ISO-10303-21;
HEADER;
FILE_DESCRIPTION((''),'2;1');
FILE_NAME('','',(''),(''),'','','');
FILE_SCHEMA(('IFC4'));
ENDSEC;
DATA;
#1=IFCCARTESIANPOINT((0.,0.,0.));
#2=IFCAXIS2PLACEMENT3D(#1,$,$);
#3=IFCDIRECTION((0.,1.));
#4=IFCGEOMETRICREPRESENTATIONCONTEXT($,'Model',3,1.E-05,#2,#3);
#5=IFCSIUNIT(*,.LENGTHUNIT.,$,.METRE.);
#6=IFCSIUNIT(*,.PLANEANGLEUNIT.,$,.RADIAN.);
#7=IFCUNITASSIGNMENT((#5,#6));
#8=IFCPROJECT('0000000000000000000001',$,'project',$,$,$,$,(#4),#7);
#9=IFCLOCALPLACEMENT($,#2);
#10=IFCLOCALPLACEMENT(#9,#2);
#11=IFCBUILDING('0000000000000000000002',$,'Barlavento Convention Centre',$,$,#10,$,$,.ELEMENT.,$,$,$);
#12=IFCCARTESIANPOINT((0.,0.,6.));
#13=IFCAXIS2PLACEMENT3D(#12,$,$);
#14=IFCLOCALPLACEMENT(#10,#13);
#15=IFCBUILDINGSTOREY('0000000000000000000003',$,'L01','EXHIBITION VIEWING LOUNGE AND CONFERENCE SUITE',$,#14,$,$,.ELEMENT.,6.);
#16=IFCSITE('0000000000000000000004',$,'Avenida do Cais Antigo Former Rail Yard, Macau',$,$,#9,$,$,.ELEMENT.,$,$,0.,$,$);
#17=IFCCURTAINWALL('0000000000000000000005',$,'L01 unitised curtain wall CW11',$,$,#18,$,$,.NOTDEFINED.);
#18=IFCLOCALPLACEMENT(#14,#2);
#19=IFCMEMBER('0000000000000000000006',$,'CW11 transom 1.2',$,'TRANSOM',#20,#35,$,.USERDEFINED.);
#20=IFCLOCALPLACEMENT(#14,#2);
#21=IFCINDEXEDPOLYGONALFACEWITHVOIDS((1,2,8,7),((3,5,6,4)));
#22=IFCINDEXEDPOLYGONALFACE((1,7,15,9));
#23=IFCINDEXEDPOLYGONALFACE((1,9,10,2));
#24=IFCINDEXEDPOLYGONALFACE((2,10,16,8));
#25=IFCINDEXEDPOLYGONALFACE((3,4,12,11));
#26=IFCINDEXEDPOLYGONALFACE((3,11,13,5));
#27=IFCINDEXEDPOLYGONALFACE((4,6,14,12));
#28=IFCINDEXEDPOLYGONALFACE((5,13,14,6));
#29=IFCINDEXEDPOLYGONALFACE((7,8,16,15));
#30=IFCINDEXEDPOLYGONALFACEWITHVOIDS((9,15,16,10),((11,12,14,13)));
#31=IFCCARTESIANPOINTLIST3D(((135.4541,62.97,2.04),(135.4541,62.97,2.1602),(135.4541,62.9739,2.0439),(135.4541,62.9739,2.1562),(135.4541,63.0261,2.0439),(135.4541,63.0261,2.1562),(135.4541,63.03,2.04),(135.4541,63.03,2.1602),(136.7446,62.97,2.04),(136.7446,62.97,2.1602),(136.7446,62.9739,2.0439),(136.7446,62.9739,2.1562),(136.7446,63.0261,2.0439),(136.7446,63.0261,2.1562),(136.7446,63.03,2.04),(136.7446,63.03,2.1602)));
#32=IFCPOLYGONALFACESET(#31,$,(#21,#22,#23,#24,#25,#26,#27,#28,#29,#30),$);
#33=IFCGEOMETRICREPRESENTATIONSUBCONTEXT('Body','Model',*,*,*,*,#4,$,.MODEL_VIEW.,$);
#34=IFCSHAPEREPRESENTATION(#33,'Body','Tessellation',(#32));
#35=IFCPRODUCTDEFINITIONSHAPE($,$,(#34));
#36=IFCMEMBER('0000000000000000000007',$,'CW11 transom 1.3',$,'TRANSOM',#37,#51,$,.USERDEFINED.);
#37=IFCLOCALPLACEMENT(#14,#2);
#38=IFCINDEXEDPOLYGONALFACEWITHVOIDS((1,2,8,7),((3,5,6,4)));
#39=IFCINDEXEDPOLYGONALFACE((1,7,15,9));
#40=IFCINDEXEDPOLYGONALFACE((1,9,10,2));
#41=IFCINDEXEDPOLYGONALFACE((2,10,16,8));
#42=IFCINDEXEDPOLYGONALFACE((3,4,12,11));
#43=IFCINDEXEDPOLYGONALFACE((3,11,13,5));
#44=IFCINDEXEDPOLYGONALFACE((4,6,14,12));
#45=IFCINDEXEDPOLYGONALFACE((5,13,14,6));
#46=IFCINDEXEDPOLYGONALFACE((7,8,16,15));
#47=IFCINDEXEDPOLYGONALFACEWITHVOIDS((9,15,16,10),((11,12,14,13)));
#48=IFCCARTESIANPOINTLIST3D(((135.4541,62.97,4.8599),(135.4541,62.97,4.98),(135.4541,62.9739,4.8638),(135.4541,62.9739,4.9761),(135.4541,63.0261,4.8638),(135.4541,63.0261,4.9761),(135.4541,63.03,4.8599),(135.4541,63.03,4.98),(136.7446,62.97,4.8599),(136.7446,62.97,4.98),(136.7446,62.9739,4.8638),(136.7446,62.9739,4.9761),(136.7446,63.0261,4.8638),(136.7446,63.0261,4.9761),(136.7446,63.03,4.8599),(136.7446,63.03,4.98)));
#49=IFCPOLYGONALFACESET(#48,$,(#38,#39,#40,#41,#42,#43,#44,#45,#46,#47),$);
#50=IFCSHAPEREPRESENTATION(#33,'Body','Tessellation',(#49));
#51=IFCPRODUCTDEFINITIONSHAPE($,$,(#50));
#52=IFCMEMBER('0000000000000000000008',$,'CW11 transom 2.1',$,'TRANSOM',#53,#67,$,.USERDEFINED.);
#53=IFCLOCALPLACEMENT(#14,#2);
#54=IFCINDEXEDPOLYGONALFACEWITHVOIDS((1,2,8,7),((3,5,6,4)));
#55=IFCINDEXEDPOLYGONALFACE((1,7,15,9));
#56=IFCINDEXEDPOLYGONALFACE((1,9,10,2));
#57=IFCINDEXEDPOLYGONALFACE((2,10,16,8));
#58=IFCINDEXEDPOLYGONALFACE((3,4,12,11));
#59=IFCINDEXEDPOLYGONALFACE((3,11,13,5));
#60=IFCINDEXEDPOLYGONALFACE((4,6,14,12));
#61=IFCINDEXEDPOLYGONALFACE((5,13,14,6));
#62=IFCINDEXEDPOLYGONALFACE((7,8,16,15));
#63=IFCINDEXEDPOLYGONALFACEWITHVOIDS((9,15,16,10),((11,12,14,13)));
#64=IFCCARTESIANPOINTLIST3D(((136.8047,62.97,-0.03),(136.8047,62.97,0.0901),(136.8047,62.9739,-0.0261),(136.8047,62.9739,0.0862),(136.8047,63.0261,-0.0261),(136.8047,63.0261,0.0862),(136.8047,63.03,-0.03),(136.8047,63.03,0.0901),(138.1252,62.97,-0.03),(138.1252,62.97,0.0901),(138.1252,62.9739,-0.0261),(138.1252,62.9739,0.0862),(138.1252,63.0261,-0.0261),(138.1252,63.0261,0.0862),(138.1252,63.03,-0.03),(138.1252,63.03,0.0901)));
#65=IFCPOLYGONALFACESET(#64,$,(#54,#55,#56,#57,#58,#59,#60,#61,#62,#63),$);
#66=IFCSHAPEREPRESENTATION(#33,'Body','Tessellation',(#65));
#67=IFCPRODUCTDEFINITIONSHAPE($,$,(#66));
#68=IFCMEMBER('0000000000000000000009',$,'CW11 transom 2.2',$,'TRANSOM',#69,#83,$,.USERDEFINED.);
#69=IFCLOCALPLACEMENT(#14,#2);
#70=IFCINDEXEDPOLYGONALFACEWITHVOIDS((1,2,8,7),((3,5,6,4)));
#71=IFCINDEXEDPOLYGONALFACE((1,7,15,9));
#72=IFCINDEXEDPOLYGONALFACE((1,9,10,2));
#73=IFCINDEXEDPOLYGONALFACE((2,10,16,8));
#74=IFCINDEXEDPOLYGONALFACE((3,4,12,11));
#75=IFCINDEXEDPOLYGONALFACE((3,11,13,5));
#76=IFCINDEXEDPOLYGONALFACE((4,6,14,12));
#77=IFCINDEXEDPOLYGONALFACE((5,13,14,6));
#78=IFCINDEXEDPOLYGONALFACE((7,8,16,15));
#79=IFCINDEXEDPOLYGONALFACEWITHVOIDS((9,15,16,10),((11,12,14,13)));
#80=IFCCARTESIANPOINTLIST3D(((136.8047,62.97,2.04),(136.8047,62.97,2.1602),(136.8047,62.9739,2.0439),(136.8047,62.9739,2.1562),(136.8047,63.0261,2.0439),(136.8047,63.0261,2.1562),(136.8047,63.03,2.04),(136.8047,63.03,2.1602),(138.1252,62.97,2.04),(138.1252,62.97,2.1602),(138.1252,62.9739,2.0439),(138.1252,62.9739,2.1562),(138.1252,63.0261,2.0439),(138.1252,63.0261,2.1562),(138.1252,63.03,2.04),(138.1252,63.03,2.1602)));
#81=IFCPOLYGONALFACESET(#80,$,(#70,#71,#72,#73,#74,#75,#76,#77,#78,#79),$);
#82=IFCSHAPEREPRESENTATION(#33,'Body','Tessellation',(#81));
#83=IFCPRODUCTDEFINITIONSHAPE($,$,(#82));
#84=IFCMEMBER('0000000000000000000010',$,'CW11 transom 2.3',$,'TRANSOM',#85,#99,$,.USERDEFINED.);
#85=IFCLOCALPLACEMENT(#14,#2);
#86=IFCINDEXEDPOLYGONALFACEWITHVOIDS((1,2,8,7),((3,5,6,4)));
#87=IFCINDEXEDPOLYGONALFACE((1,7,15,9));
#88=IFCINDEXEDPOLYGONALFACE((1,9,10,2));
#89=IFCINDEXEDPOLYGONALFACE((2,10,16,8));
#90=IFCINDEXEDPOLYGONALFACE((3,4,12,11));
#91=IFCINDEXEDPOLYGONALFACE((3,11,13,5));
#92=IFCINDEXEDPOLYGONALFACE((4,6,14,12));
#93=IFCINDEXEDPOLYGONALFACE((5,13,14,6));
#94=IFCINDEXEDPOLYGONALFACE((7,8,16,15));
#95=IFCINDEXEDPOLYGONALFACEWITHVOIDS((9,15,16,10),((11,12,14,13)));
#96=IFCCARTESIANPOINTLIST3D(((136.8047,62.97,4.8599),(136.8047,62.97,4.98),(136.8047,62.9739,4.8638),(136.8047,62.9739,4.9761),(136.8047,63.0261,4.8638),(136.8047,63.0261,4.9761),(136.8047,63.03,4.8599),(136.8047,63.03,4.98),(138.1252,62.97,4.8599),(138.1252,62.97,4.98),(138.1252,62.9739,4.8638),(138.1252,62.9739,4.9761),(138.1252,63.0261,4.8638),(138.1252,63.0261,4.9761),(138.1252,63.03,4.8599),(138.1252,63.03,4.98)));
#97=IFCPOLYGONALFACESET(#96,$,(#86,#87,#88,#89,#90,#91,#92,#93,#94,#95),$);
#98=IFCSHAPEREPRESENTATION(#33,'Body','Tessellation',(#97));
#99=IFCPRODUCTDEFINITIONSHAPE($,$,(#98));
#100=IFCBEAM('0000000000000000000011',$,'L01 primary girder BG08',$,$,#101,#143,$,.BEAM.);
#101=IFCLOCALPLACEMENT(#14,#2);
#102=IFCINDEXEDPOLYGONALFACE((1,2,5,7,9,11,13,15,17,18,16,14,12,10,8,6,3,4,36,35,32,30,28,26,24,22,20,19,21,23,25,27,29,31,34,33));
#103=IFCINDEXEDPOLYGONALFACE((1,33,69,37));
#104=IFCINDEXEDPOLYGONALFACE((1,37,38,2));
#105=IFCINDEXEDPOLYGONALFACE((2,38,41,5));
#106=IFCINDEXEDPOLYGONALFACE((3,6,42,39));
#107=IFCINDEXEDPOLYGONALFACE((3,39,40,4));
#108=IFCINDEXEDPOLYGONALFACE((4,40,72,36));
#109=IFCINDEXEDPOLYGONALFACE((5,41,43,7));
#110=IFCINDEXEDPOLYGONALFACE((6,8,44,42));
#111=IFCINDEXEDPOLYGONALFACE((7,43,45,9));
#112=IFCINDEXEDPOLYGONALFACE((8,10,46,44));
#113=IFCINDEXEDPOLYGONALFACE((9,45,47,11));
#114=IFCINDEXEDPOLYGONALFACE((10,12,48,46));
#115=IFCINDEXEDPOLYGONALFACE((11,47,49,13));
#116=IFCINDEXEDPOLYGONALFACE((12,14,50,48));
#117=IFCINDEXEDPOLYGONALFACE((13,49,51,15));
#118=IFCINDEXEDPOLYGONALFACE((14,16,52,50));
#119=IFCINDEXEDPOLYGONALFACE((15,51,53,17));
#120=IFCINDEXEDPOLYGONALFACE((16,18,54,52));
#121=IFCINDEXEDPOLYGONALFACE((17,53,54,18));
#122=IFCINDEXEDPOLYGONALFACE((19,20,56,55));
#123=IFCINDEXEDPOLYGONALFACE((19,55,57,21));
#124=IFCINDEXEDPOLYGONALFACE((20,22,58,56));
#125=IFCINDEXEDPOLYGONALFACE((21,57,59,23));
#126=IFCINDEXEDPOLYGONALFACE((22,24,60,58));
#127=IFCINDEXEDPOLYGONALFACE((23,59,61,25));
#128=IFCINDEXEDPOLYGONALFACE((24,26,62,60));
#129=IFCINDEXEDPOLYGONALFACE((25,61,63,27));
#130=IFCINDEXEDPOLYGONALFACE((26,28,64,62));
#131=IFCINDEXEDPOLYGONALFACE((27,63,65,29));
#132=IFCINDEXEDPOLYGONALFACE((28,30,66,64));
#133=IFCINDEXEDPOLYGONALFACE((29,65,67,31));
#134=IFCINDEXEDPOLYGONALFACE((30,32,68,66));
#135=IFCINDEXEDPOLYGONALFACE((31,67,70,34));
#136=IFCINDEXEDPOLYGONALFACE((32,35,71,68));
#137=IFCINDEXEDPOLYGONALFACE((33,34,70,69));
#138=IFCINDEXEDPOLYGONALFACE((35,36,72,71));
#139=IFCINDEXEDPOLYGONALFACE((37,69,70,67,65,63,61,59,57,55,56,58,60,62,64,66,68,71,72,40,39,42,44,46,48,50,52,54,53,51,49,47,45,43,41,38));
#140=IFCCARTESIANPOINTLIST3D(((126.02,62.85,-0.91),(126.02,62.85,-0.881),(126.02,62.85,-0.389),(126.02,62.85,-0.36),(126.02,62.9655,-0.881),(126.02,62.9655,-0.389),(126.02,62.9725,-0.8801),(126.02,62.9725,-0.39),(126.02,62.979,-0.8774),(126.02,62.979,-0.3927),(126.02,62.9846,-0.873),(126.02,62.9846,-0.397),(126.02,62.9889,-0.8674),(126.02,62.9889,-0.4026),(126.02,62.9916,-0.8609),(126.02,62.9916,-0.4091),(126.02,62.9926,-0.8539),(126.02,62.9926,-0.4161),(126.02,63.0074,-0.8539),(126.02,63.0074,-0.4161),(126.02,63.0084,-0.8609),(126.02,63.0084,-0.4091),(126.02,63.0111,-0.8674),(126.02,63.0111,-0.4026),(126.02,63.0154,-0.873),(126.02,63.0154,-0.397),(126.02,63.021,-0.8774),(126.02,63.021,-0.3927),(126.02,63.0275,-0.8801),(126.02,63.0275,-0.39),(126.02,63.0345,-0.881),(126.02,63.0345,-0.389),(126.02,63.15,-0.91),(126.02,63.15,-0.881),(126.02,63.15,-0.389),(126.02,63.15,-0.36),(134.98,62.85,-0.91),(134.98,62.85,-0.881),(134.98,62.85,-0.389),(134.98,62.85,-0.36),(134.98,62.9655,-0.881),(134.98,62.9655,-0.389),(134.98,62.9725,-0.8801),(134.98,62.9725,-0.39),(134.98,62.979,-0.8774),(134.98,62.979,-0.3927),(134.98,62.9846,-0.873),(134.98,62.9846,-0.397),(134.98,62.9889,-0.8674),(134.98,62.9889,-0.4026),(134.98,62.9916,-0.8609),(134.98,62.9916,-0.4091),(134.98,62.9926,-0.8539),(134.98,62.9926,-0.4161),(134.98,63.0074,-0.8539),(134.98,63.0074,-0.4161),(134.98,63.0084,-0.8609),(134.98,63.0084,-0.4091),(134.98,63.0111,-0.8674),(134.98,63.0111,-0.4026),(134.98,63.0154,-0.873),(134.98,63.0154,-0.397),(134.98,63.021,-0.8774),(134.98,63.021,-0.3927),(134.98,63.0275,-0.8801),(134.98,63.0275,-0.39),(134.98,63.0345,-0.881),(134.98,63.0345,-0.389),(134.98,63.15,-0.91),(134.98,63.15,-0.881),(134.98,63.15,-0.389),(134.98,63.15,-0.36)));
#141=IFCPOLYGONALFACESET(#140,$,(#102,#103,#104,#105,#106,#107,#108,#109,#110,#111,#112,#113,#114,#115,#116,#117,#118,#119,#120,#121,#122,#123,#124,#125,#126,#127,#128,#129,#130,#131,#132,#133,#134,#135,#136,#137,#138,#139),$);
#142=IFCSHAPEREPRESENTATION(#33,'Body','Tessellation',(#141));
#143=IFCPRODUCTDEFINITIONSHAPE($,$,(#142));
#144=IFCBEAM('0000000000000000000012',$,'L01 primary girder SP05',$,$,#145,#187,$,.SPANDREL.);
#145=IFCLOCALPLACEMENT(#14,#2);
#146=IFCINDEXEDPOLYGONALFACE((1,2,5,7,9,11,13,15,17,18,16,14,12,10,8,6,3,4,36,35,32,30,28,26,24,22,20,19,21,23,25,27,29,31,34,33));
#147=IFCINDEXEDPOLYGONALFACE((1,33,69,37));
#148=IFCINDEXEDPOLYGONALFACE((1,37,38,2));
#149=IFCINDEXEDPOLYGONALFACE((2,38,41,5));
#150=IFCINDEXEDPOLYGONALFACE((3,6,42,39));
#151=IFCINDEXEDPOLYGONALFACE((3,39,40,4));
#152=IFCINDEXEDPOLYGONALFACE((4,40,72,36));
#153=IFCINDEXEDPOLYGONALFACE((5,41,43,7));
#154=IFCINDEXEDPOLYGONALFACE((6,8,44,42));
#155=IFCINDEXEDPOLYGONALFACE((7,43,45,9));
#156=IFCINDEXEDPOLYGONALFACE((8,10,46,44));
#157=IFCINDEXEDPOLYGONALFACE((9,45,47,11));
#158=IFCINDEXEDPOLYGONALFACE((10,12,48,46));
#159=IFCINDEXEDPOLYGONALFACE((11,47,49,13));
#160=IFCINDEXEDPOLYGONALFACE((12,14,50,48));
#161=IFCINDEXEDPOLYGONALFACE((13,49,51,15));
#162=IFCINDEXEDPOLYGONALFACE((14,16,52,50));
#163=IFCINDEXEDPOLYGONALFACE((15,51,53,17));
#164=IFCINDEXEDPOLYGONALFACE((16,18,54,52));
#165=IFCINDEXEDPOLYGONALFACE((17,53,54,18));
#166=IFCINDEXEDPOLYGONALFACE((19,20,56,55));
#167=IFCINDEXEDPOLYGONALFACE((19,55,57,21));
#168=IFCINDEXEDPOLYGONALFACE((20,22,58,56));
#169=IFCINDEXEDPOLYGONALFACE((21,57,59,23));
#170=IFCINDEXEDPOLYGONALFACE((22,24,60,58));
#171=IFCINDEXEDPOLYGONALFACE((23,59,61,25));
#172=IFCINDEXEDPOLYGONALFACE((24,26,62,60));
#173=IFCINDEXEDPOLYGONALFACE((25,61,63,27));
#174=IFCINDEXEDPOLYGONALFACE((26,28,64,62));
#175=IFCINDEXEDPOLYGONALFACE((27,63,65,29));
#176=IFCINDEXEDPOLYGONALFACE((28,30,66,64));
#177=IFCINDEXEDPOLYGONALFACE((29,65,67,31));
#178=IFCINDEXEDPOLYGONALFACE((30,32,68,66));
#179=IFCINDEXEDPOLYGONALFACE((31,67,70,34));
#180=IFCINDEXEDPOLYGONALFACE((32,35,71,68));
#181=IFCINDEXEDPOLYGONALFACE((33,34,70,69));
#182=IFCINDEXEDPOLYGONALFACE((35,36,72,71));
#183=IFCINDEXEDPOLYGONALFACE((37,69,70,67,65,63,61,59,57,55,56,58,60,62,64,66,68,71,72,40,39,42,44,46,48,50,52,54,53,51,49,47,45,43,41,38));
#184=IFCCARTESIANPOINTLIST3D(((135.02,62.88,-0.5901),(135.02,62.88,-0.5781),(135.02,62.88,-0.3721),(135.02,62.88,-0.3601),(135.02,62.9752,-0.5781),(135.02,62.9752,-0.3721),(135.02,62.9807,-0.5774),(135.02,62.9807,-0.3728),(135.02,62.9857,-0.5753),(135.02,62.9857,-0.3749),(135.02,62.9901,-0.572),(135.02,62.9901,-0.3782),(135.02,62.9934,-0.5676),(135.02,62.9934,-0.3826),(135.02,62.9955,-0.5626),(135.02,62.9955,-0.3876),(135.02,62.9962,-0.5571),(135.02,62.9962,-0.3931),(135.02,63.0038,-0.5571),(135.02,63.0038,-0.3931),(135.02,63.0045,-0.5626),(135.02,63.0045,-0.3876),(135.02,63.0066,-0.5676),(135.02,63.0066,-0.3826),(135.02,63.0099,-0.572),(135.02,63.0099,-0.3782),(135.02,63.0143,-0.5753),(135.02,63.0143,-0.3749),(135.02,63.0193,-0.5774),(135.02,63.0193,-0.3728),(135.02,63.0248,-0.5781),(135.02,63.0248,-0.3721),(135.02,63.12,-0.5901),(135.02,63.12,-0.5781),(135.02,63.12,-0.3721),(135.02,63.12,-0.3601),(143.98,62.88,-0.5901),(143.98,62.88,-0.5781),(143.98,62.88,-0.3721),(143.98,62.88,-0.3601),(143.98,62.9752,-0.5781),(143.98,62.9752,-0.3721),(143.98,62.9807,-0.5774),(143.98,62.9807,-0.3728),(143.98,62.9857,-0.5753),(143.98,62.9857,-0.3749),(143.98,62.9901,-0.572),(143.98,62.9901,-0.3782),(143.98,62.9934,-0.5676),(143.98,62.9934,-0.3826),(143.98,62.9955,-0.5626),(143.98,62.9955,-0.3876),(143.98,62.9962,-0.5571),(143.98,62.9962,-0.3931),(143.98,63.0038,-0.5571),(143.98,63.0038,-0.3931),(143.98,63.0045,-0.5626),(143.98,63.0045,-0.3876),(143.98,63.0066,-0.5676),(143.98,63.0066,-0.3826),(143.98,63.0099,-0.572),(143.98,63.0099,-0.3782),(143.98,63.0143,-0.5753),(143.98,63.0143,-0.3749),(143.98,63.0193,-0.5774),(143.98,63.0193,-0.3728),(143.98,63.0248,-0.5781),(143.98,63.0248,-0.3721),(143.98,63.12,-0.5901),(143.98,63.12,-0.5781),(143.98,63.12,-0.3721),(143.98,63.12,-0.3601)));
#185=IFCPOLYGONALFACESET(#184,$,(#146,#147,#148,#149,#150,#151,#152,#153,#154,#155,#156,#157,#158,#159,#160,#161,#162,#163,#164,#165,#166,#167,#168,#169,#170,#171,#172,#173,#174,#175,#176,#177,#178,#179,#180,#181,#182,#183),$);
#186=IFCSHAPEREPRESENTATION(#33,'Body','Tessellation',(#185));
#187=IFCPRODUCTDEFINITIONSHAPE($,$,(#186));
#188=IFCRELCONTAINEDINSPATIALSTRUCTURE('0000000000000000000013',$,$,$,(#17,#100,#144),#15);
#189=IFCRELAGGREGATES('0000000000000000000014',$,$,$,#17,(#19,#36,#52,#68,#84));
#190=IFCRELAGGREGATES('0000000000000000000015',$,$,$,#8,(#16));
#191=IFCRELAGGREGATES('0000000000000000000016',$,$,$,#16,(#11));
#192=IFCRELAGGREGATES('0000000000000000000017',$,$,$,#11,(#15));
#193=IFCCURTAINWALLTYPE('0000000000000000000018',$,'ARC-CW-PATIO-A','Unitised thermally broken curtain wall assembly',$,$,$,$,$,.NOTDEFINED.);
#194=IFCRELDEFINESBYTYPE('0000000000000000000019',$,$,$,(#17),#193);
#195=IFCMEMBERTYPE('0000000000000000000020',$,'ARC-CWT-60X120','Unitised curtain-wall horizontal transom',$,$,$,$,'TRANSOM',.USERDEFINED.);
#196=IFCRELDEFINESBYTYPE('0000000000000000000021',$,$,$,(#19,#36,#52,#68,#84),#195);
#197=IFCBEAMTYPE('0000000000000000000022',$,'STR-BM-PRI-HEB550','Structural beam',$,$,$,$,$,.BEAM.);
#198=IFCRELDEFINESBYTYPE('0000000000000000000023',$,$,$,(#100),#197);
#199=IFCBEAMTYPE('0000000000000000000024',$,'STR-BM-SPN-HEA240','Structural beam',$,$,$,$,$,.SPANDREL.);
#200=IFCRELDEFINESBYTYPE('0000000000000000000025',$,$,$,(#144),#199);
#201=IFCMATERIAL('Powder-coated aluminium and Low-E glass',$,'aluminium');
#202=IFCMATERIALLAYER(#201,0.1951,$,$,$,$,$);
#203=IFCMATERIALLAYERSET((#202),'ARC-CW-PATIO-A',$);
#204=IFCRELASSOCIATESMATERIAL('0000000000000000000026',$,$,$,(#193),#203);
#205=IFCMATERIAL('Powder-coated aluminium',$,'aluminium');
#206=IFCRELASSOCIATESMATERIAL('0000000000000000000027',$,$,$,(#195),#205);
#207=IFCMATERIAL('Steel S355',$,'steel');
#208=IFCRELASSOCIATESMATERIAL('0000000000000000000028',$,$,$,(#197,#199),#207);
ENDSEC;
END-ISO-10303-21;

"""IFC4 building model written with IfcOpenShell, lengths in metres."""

from ifc_helpers import new_model, si_unit, direction, frame, origin, origin_2d, place, context, subcontext, project, spatial, hollow_rectangle, i_section, extrude, material, layer, layer_set, material_profile, profile_set, type_object, element, aggregate, save


model = new_model("IFC4")

# Units and contexts
model_context = context("Model", 3, precision=1e-05, world=origin(), true_north=direction((0.0, 1.0)))
body_context = subcontext(model_context, "Body", "Model", "MODEL_VIEW")
ifc_project = project(units=[si_unit("LENGTHUNIT", "METRE"), si_unit("PLANEANGLEUNIT", "RADIAN")], contexts=[model_context])

# Site, building, storey
site_placement = place(None, origin())
site = spatial("IfcSite", under=ifc_project, at=site_placement, Name="Avenida do Cais Antigo Former Rail Yard, Macau", CompositionType="ELEMENT", RefElevation=0.0)
building_placement = place(site_placement, origin())
building = spatial("IfcBuilding", under=site, at=building_placement, Name="Barlavento Convention Centre", CompositionType="ELEMENT")
storey_placement = place(building_placement, frame((0.0, 0.0, 6.0)))
storey = spatial("IfcBuildingStorey", under=building, at=storey_placement, Name="L01", Description="EXHIBITION VIEWING LOUNGE AND CONFERENCE SUITE", CompositionType="ELEMENT", Elevation=6.0)

# Shared definitions
ifc_material_1 = material(Name="Steel S355", Category="steel")

# Curtain wall, members
ifc_material_2 = material(Name="Powder-coated aluminium and Low-E glass", Category="aluminium")
ifc_layer_1 = layer(ifc_material_2, 0.1951)
ifc_layer_set_1 = layer_set([ifc_layer_1], Name="ARC-CW-PATIO-A")
curtain_wall_type = type_object("IfcCurtainWallType", Name="ARC-CW-PATIO-A", Description="Unitised thermally broken curtain wall assembly", PredefinedType="NOTDEFINED", material=ifc_layer_set_1)
curtain_wall_placement = place(storey_placement, origin())
curtain_wall = element("IfcCurtainWall", 1, at=curtain_wall_placement, inside=storey, type_object=curtain_wall_type, Name="L01 unitised curtain wall CW11", PredefinedType="NOTDEFINED")
ifc_material_3 = material(Name="Powder-coated aluminium", Category="aluminium")
ifc_material_profile_1 = material_profile(ifc_material_3, hollow_rectangle(XDim=0.0601, YDim=0.1201, WallThickness=0.0039, at=origin_2d()), Name="AL-TRAN 60x120x4")
ifc_profile_set_1 = profile_set([ifc_material_profile_1], Name="Powder-coated aluminium")
member_type_1 = type_object("IfcMemberType", Name="ARC-CWT-60X120", Description="Unitised curtain-wall horizontal transom", ElementType="TRANSOM", PredefinedType="USERDEFINED", material=ifc_profile_set_1)
member_1_placement = place(storey_placement, frame((135.4541, 63.0, 2.1001), z_axis=(1.0, 0.0, 0.0), x_axis=(0.0, 1.0, 0.0)))
member_1 = element("IfcMember", 2, at=member_1_placement, type_object=member_type_1, Name="CW11 transom 1.2", ObjectType="TRANSOM", PredefinedType="USERDEFINED", context=body_context, shape_type="SweptSolid", body=[
    extrude(hollow_rectangle(XDim=0.0601, YDim=0.1201, WallThickness=0.0039, at=origin_2d()), origin(), (0.0, 0.0, 1.0), 1.2905),
])
member_2_placement = place(storey_placement, frame((135.4541, 63.0, 4.9199), z_axis=(1.0, 0.0, 0.0), x_axis=(0.0, 1.0, 0.0)))
member_2 = element("IfcMember", 3, at=member_2_placement, type_object=member_type_1, Name="CW11 transom 1.3", ObjectType="TRANSOM", PredefinedType="USERDEFINED", context=body_context, shape_type="SweptSolid", body=[
    extrude(hollow_rectangle(XDim=0.0601, YDim=0.1201, WallThickness=0.0039, at=origin_2d()), origin(), (0.0, 0.0, 1.0), 1.2905),
])
member_3_placement = place(storey_placement, frame((136.8047, 63.0, 0.03), z_axis=(1.0, 0.0, 0.0), x_axis=(0.0, 1.0, 0.0)))
member_3 = element("IfcMember", 4, at=member_3_placement, type_object=member_type_1, Name="CW11 transom 2.1", ObjectType="TRANSOM", PredefinedType="USERDEFINED", context=body_context, shape_type="SweptSolid", body=[
    extrude(hollow_rectangle(XDim=0.0601, YDim=0.1201, WallThickness=0.0039, at=origin_2d()), origin(), (0.0, 0.0, 1.0), 1.3206),
])
member_4_placement = place(storey_placement, frame((136.8047, 63.0, 2.1001), z_axis=(1.0, 0.0, 0.0), x_axis=(0.0, 1.0, 0.0)))
member_4 = element("IfcMember", 5, at=member_4_placement, type_object=member_type_1, Name="CW11 transom 2.2", ObjectType="TRANSOM", PredefinedType="USERDEFINED", context=body_context, shape_type="SweptSolid", body=[
    extrude(hollow_rectangle(XDim=0.0601, YDim=0.1201, WallThickness=0.0039, at=origin_2d()), origin(), (0.0, 0.0, 1.0), 1.3206),
])
member_5_placement = place(storey_placement, frame((136.8047, 63.0, 4.9199), z_axis=(1.0, 0.0, 0.0), x_axis=(0.0, 1.0, 0.0)))
member_5 = element("IfcMember", 6, at=member_5_placement, type_object=member_type_1, Name="CW11 transom 2.3", ObjectType="TRANSOM", PredefinedType="USERDEFINED", context=body_context, shape_type="SweptSolid", body=[
    extrude(hollow_rectangle(XDim=0.0601, YDim=0.1201, WallThickness=0.0039, at=origin_2d()), origin(), (0.0, 0.0, 1.0), 1.3206),
])

# Beams
ifc_material_profile_2 = material_profile(ifc_material_1, i_section(OverallWidth=0.3, OverallDepth=0.55, WebThickness=0.0149, FlangeThickness=0.0291, FilletRadius=0.0271, at=origin_2d()), Name="HEB 550")
ifc_profile_set_2 = profile_set([ifc_material_profile_2], Name="Steel S355")
beam_type_1 = type_object("IfcBeamType", Name="STR-BM-PRI-HEB550", Description="Structural beam", PredefinedType="BEAM", material=ifc_profile_set_2)
beam_1_placement = place(storey_placement, frame((126.02, 63.0, -0.635), z_axis=(1.0, 0.0, 0.0), x_axis=(0.0, 1.0, 0.0)))
element("IfcBeam", 7, at=beam_1_placement, inside=storey, type_object=beam_type_1, Name="L01 primary girder BG08", PredefinedType="BEAM", context=body_context, shape_type="SweptSolid", body=[
    extrude(i_section(OverallWidth=0.3, OverallDepth=0.55, WebThickness=0.0149, FlangeThickness=0.0291, FilletRadius=0.0271, at=origin_2d()), origin(), (0.0, 0.0, 1.0), 8.96),
])
ifc_material_profile_3 = material_profile(ifc_material_1, i_section(OverallWidth=0.24, OverallDepth=0.23, WebThickness=0.0076, FlangeThickness=0.012, FilletRadius=0.021, at=origin_2d()), Name="HEA 240")
ifc_profile_set_3 = profile_set([ifc_material_profile_3], Name="Steel S355")
beam_type_2 = type_object("IfcBeamType", Name="STR-BM-SPN-HEA240", Description="Structural beam", PredefinedType="SPANDREL", material=ifc_profile_set_3)
beam_2_placement = place(storey_placement, frame((135.02, 63.0, -0.4751), z_axis=(1.0, 0.0, 0.0), x_axis=(0.0, 1.0, 0.0)))
element("IfcBeam", 8, at=beam_2_placement, inside=storey, type_object=beam_type_2, Name="L01 primary girder SP05", PredefinedType="SPANDREL", context=body_context, shape_type="SweptSolid", body=[
    extrude(i_section(OverallWidth=0.24, OverallDepth=0.23, WebThickness=0.0076, FlangeThickness=0.012, FilletRadius=0.021, at=origin_2d()), origin(), (0.0, 0.0, 1.0), 8.96),
])

aggregate(curtain_wall, [member_1, member_2, member_3, member_4, member_5])

save(model, "model.ifc")
